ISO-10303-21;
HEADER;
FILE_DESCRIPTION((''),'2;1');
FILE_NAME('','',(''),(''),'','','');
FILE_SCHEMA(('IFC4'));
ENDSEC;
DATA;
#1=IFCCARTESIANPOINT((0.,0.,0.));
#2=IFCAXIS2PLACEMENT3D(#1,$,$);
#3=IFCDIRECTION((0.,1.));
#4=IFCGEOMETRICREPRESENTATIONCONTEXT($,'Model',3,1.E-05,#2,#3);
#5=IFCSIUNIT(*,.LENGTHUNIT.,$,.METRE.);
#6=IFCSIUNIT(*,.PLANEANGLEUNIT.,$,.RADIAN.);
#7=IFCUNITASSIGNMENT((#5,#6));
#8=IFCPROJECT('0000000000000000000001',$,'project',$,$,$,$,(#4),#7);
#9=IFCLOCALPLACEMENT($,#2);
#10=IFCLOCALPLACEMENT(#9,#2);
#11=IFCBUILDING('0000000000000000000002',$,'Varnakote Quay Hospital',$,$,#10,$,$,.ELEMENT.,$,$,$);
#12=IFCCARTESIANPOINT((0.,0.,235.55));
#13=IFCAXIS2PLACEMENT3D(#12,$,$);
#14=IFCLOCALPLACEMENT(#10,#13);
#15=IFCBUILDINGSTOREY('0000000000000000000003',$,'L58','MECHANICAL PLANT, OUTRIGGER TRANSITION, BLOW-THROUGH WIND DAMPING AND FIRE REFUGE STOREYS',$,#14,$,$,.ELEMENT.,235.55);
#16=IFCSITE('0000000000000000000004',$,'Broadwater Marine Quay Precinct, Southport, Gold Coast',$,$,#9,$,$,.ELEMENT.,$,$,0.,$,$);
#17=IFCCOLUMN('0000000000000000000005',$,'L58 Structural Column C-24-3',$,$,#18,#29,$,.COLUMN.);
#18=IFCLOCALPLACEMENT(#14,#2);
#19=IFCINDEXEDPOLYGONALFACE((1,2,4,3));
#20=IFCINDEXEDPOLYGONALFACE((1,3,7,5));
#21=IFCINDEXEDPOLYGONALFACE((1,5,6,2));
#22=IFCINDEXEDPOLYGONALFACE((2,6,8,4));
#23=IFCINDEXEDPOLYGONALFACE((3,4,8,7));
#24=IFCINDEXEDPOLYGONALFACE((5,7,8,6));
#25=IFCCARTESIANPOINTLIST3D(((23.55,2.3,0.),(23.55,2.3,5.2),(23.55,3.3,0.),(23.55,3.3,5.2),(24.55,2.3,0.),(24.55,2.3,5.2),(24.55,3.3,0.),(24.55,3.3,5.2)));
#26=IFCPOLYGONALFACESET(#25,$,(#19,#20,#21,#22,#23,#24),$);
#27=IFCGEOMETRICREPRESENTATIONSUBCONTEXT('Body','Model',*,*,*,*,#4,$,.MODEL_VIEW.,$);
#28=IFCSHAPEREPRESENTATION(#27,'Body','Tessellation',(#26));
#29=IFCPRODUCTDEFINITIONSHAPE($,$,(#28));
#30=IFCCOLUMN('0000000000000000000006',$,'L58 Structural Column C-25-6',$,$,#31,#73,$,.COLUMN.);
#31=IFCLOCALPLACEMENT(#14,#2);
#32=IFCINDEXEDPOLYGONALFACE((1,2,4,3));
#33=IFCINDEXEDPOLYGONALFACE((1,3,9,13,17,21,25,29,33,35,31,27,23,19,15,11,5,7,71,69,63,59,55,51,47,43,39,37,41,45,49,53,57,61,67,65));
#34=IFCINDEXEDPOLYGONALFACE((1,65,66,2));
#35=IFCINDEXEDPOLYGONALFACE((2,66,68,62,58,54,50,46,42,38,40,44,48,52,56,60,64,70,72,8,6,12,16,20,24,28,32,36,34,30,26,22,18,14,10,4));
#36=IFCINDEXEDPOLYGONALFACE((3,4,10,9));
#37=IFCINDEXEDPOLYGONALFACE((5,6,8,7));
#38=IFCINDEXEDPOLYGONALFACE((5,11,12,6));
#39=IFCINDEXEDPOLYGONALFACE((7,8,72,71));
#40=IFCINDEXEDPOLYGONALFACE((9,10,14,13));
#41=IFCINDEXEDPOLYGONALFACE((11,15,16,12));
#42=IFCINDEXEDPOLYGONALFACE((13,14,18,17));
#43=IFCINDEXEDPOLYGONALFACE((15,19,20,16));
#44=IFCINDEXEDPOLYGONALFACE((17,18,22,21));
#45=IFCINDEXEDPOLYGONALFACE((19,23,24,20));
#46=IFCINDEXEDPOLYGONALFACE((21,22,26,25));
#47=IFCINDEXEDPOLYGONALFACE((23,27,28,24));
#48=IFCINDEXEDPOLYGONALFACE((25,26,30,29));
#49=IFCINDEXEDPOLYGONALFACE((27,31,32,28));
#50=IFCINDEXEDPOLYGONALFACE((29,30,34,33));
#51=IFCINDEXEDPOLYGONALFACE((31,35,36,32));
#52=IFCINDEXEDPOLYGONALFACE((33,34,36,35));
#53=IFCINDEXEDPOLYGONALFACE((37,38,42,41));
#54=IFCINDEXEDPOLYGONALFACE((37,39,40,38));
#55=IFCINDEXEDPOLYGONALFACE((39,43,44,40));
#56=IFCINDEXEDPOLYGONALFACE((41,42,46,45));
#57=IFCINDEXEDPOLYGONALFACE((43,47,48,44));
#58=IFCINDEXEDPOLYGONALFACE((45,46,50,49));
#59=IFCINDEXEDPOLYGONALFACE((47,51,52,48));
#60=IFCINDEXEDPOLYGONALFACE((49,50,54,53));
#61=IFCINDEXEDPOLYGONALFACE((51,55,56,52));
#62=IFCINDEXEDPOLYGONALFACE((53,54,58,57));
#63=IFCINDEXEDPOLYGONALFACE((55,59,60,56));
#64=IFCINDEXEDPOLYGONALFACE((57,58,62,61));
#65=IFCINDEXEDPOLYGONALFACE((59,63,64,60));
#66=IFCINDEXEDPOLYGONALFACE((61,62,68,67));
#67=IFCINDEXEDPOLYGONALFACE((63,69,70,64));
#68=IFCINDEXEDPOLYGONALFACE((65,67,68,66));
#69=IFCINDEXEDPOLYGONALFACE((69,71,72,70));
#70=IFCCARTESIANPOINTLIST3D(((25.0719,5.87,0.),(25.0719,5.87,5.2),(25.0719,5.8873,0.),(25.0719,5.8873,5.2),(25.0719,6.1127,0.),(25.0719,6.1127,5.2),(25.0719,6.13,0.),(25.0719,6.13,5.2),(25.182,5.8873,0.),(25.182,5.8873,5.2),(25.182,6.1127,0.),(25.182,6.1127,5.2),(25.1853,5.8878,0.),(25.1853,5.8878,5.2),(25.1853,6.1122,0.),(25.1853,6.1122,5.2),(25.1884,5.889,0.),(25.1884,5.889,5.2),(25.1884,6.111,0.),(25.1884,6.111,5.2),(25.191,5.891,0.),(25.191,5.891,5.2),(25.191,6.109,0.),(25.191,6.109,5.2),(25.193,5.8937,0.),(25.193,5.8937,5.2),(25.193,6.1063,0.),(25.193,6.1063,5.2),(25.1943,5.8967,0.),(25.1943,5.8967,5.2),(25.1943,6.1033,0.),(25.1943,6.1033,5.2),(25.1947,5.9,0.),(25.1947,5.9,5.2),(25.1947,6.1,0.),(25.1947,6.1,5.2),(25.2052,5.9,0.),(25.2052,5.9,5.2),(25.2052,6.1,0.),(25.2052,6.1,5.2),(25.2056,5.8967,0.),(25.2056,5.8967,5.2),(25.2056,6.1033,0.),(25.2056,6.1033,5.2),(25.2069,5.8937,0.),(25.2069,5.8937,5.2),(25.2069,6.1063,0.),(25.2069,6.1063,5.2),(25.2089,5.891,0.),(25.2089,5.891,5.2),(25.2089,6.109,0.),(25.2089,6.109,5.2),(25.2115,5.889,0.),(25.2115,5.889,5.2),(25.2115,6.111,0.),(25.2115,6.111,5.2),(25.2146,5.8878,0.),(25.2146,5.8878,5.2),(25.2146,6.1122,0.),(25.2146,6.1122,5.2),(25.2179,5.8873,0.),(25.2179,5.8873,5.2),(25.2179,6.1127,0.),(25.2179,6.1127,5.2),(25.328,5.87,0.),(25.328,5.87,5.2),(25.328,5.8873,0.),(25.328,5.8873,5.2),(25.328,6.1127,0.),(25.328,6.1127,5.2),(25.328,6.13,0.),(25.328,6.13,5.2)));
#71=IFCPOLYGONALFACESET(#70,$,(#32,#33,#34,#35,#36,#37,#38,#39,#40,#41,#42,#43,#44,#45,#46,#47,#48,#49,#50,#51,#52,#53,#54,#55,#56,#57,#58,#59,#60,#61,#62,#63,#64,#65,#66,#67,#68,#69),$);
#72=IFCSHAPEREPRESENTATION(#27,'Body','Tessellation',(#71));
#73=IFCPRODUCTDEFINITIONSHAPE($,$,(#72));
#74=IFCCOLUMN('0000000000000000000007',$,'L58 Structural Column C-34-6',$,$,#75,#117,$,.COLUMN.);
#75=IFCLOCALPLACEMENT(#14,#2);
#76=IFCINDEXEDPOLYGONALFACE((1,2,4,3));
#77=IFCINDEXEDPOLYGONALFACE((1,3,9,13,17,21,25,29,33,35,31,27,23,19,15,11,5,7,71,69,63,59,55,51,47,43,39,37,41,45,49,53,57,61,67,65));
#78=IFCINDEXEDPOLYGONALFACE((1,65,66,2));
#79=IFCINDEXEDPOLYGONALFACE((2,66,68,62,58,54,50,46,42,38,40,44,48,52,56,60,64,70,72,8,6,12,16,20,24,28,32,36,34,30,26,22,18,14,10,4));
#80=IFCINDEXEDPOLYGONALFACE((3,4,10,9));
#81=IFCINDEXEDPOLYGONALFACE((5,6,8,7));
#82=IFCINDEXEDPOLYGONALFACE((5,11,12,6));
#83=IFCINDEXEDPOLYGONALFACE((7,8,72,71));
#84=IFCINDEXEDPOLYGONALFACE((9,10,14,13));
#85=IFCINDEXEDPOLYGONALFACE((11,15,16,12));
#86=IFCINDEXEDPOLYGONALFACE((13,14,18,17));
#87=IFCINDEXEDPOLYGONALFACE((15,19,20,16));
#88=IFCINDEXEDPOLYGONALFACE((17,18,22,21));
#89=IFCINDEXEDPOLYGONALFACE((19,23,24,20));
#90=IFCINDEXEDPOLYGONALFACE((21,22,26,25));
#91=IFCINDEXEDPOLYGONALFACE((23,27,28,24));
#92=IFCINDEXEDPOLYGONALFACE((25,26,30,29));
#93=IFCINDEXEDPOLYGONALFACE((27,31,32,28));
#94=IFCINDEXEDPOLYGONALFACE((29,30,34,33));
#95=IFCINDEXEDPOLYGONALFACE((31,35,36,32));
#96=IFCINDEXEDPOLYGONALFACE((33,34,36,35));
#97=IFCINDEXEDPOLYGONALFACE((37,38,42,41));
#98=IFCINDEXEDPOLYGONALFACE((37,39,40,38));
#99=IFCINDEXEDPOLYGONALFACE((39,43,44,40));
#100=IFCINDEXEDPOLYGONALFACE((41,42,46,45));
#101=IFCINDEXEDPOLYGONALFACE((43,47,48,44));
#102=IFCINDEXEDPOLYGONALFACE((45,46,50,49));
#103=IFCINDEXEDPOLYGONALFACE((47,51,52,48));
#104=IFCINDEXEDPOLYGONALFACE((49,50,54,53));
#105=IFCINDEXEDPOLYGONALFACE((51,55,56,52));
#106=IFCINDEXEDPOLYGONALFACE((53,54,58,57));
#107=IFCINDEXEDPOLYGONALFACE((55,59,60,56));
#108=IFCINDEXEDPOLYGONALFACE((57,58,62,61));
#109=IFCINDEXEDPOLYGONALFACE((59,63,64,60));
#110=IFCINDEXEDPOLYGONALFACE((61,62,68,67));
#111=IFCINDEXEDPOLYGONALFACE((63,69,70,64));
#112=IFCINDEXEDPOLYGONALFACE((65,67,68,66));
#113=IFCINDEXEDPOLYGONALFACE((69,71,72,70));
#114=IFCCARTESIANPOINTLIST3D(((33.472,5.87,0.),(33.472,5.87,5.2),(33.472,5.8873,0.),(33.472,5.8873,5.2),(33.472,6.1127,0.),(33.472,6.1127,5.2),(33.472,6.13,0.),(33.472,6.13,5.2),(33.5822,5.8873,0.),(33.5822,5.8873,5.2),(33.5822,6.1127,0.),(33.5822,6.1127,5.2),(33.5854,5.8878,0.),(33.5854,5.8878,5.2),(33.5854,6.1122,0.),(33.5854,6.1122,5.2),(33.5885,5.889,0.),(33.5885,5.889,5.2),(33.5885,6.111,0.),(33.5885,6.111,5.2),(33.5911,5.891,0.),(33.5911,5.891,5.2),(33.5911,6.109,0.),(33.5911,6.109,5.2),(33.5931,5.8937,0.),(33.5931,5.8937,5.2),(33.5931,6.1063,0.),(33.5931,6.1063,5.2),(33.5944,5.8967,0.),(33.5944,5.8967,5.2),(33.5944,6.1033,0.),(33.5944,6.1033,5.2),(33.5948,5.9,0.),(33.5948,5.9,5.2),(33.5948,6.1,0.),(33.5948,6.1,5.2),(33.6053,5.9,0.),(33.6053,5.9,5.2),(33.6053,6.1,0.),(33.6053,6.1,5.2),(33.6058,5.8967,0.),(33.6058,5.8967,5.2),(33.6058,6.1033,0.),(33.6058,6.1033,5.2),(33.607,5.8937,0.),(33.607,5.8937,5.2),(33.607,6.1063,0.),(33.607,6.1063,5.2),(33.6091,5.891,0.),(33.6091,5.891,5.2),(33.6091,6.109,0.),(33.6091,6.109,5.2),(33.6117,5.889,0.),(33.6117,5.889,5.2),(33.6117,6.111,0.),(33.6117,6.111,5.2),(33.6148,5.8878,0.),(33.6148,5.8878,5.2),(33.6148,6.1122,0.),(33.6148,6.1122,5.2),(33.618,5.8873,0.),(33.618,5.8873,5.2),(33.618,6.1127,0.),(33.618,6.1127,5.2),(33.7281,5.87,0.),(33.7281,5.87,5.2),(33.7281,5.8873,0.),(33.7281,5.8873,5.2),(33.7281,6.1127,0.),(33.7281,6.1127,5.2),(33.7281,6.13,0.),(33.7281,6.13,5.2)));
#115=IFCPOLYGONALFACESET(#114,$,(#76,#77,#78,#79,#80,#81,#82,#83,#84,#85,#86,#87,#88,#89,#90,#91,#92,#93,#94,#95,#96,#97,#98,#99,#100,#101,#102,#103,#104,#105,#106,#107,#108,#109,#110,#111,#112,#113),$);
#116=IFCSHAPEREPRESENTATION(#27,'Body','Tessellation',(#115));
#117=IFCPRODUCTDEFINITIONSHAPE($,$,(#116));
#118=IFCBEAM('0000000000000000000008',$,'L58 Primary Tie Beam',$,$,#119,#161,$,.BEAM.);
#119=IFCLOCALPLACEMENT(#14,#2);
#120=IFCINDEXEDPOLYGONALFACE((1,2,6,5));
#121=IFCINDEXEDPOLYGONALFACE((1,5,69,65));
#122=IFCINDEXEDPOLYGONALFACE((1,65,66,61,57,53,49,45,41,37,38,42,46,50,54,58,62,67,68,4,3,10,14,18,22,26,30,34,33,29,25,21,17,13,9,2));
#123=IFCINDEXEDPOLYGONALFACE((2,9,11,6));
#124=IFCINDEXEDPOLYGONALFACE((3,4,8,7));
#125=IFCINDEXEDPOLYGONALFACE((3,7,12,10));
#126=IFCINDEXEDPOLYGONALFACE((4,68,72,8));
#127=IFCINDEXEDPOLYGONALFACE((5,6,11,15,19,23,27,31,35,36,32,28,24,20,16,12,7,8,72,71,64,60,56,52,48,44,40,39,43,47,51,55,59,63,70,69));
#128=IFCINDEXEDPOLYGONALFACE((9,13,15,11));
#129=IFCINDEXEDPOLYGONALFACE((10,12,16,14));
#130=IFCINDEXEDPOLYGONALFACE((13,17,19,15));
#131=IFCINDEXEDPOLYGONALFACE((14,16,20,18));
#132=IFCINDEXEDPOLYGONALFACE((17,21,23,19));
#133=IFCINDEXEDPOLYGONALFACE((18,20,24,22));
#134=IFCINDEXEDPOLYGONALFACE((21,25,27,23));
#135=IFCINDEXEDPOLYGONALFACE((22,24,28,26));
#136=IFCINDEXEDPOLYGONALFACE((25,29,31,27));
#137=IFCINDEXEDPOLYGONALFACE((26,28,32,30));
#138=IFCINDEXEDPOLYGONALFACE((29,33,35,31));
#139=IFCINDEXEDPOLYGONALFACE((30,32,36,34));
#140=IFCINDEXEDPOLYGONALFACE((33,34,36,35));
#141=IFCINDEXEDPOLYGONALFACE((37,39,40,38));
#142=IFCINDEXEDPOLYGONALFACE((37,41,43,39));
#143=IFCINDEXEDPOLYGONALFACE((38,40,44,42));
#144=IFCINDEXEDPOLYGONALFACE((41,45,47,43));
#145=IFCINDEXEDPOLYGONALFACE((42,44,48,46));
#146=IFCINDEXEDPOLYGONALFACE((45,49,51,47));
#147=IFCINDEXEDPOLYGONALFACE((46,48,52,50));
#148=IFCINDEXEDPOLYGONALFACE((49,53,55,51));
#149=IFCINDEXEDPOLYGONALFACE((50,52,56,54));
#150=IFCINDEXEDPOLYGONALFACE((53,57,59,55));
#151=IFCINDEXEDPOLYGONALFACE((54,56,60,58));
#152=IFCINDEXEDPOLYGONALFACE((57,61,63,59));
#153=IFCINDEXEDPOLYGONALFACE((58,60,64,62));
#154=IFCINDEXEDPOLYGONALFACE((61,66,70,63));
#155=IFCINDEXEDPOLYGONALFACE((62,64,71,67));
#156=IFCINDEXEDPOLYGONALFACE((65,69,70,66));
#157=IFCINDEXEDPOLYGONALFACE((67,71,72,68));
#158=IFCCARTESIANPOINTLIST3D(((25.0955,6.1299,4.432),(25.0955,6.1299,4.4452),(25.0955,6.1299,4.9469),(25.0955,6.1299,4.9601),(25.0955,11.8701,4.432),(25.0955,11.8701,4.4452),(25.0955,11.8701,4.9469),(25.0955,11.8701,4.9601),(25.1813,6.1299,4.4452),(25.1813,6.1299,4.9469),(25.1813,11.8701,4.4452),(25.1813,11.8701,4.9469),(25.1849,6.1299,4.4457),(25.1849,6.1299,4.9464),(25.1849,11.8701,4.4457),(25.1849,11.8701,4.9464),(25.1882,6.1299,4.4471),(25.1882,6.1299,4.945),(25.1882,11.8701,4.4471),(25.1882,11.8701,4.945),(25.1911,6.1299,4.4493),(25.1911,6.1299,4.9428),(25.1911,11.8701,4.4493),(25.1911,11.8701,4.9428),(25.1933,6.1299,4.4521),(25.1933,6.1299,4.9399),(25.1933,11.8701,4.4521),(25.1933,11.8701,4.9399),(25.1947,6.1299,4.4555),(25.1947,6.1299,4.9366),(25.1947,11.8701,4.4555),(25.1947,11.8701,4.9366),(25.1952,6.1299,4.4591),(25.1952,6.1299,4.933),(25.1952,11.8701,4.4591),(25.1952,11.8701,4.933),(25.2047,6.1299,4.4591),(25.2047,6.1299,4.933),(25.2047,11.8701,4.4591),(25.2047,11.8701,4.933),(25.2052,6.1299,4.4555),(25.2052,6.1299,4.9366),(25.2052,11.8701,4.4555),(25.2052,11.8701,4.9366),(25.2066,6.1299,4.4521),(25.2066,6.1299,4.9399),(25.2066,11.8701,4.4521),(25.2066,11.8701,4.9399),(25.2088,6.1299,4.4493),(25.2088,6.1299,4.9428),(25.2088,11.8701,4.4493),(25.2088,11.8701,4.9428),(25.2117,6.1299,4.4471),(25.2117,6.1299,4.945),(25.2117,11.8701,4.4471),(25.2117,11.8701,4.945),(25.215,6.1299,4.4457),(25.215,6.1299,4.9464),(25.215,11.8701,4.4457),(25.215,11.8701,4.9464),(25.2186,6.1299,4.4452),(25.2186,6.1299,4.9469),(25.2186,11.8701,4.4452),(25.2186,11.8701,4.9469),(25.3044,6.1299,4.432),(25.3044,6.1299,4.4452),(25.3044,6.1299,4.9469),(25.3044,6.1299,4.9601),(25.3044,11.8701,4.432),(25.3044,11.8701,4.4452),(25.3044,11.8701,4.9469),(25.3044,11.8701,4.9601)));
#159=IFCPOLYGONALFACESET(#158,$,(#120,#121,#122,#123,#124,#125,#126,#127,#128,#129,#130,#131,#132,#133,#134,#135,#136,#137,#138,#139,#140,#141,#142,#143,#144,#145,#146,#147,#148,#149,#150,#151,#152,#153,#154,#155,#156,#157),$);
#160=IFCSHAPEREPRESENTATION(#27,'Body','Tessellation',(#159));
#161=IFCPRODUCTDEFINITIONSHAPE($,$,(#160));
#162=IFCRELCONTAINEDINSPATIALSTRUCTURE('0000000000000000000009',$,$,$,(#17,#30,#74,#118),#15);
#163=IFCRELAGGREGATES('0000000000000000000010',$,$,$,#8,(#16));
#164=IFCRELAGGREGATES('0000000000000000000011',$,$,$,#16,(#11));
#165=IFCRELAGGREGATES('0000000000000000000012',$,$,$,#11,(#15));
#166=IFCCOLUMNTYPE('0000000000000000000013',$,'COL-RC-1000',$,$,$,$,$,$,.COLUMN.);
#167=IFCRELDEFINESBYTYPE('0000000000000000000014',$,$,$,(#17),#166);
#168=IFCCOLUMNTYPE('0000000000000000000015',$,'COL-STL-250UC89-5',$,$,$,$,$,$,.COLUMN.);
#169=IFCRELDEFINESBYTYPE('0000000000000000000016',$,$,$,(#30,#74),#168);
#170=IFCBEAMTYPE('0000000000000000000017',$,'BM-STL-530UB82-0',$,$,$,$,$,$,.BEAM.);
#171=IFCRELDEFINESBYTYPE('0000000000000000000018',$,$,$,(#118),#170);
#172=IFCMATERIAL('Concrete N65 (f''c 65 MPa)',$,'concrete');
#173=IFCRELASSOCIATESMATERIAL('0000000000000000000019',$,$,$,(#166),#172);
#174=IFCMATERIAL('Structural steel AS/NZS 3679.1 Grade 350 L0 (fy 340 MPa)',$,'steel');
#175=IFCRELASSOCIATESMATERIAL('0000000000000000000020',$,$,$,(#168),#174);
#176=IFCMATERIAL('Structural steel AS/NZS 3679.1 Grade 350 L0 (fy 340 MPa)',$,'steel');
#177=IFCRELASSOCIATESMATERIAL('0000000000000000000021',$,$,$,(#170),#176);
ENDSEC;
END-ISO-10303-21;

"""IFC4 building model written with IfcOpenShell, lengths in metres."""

from ifc_helpers import new_model, si_unit, direction, frame, origin, origin_2d, place, context, subcontext, project, spatial, rectangle, i_section, extrude, material, material_profile, profile_set, type_object, element, save


model = new_model("IFC4")

# Units and contexts
model_context = context("Model", 3, precision=1e-05, world=origin(), true_north=direction((0.0, 1.0)))
body_context = subcontext(model_context, "Body", "Model", "MODEL_VIEW")
ifc_project = project(units=[si_unit("LENGTHUNIT", "METRE"), si_unit("PLANEANGLEUNIT", "RADIAN")], contexts=[model_context])

# Site, building, storey
site_placement = place(None, origin())
site = spatial("IfcSite", under=ifc_project, at=site_placement, Name="Broadwater Marine Quay Precinct, Southport, Gold Coast", CompositionType="ELEMENT", RefElevation=0.0)
building_placement = place(site_placement, origin())
building = spatial("IfcBuilding", under=site, at=building_placement, Name="Varnakote Quay Hospital", CompositionType="ELEMENT")
storey_placement = place(building_placement, frame((0.0, 0.0, 235.55)))
storey = spatial("IfcBuildingStorey", under=building, at=storey_placement, Name="L58", Description="MECHANICAL PLANT, OUTRIGGER TRANSITION, BLOW-THROUGH WIND DAMPING AND FIRE REFUGE STOREYS", CompositionType="ELEMENT", Elevation=235.55)

# Columns
ifc_material_1 = material(Name="Concrete N65 (f'c 65 MPa)", Category="concrete")
ifc_material_profile_1 = material_profile(ifc_material_1, rectangle(XDim=1.0, YDim=1.0, at=origin_2d()), Name="RC-COL-1000x1000")
ifc_profile_set_1 = profile_set([ifc_material_profile_1], Name="Concrete N65 (f'c 65 MPa)")
column_type_1 = type_object("IfcColumnType", Name="COL-RC-1000", PredefinedType="COLUMN", material=ifc_profile_set_1)
column_placement = place(storey_placement, frame((24.05, 2.8, 0.0), z_axis=(0.0, 0.0, 1.0), x_axis=(1.0, 0.0, 0.0)))
element("IfcColumn", 1, at=column_placement, inside=storey, type_object=column_type_1, Name="L58 Structural Column C-24-3", PredefinedType="COLUMN", context=body_context, shape_type="SweptSolid", body=[
    extrude(rectangle(XDim=1.0, YDim=1.0, at=origin_2d()), origin(), (0.0, 0.0, 1.0), 5.2),
])
ifc_material_2 = material(Name="Structural steel AS/NZS 3679.1 Grade 350 L0 (fy 340 MPa)", Category="steel")
ifc_material_profile_2 = material_profile(ifc_material_2, i_section(OverallWidth=0.2561, OverallDepth=0.26, WebThickness=0.0105, FlangeThickness=0.0173, FilletRadius=0.0127, at=origin_2d()), Name="250UC89.5")
ifc_profile_set_2 = profile_set([ifc_material_profile_2], Name="Structural steel AS/NZS 3679.1 Grade 350 L0 (fy 340 MPa)")
column_type_2 = type_object("IfcColumnType", Name="COL-STL-250UC89-5", PredefinedType="COLUMN", material=ifc_profile_set_2)
for number, where, z_axis, x_axis, name in (
    (2, (25.2, 6.0, 0.0), (0.0, 0.0, 1.0), (1.0, 0.0, 0.0), "L58 Structural Column C-25-6"),
    (3, (33.6001, 6.0, 0.0), (0.0, 0.0, 1.0), (1.0, 0.0, 0.0), "L58 Structural Column C-34-6"),
):
    element("IfcColumn", number, at=place(storey_placement, frame(where, z_axis=z_axis, x_axis=x_axis)), inside=storey, type_object=column_type_2, Name=name, PredefinedType="COLUMN", context=body_context, shape_type="SweptSolid", body=[
        extrude(i_section(OverallWidth=0.2561, OverallDepth=0.26, WebThickness=0.0105, FlangeThickness=0.0173, FilletRadius=0.0127, at=origin_2d()), origin(), (0.0, 0.0, 1.0), 5.2),
    ])

# Beam
ifc_material_3 = material(Name="Structural steel AS/NZS 3679.1 Grade 350 L0 (fy 340 MPa)", Category="steel")
ifc_material_profile_3 = material_profile(ifc_material_3, i_section(OverallWidth=0.209, OverallDepth=0.5281, WebThickness=0.0095, FlangeThickness=0.0132, FilletRadius=0.0139, at=origin_2d()), Name="530UB82.0")
ifc_profile_set_3 = profile_set([ifc_material_profile_3], Name="Structural steel AS/NZS 3679.1 Grade 350 L0 (fy 340 MPa)")
beam_type_1 = type_object("IfcBeamType", Name="BM-STL-530UB82-0", PredefinedType="BEAM", material=ifc_profile_set_3)
for number, where, z_axis, x_axis, name in (
    (4, (25.2, 6.1299, 4.696), (0.0, 1.0, 0.0), (-1.0, 0.0, 0.0), "L58 Primary Tie Beam"),
):
    element("IfcBeam", number, at=place(storey_placement, frame(where, z_axis=z_axis, x_axis=x_axis)), inside=storey, type_object=beam_type_1, Name=name, PredefinedType="BEAM", context=body_context, shape_type="SweptSolid", body=[
        extrude(i_section(OverallWidth=0.209, OverallDepth=0.5281, WebThickness=0.0095, FlangeThickness=0.0132, FilletRadius=0.0139, at=origin_2d()), origin(), (0.0, 0.0, 1.0), 5.7402),
    ])

save(model, "model.ifc")
